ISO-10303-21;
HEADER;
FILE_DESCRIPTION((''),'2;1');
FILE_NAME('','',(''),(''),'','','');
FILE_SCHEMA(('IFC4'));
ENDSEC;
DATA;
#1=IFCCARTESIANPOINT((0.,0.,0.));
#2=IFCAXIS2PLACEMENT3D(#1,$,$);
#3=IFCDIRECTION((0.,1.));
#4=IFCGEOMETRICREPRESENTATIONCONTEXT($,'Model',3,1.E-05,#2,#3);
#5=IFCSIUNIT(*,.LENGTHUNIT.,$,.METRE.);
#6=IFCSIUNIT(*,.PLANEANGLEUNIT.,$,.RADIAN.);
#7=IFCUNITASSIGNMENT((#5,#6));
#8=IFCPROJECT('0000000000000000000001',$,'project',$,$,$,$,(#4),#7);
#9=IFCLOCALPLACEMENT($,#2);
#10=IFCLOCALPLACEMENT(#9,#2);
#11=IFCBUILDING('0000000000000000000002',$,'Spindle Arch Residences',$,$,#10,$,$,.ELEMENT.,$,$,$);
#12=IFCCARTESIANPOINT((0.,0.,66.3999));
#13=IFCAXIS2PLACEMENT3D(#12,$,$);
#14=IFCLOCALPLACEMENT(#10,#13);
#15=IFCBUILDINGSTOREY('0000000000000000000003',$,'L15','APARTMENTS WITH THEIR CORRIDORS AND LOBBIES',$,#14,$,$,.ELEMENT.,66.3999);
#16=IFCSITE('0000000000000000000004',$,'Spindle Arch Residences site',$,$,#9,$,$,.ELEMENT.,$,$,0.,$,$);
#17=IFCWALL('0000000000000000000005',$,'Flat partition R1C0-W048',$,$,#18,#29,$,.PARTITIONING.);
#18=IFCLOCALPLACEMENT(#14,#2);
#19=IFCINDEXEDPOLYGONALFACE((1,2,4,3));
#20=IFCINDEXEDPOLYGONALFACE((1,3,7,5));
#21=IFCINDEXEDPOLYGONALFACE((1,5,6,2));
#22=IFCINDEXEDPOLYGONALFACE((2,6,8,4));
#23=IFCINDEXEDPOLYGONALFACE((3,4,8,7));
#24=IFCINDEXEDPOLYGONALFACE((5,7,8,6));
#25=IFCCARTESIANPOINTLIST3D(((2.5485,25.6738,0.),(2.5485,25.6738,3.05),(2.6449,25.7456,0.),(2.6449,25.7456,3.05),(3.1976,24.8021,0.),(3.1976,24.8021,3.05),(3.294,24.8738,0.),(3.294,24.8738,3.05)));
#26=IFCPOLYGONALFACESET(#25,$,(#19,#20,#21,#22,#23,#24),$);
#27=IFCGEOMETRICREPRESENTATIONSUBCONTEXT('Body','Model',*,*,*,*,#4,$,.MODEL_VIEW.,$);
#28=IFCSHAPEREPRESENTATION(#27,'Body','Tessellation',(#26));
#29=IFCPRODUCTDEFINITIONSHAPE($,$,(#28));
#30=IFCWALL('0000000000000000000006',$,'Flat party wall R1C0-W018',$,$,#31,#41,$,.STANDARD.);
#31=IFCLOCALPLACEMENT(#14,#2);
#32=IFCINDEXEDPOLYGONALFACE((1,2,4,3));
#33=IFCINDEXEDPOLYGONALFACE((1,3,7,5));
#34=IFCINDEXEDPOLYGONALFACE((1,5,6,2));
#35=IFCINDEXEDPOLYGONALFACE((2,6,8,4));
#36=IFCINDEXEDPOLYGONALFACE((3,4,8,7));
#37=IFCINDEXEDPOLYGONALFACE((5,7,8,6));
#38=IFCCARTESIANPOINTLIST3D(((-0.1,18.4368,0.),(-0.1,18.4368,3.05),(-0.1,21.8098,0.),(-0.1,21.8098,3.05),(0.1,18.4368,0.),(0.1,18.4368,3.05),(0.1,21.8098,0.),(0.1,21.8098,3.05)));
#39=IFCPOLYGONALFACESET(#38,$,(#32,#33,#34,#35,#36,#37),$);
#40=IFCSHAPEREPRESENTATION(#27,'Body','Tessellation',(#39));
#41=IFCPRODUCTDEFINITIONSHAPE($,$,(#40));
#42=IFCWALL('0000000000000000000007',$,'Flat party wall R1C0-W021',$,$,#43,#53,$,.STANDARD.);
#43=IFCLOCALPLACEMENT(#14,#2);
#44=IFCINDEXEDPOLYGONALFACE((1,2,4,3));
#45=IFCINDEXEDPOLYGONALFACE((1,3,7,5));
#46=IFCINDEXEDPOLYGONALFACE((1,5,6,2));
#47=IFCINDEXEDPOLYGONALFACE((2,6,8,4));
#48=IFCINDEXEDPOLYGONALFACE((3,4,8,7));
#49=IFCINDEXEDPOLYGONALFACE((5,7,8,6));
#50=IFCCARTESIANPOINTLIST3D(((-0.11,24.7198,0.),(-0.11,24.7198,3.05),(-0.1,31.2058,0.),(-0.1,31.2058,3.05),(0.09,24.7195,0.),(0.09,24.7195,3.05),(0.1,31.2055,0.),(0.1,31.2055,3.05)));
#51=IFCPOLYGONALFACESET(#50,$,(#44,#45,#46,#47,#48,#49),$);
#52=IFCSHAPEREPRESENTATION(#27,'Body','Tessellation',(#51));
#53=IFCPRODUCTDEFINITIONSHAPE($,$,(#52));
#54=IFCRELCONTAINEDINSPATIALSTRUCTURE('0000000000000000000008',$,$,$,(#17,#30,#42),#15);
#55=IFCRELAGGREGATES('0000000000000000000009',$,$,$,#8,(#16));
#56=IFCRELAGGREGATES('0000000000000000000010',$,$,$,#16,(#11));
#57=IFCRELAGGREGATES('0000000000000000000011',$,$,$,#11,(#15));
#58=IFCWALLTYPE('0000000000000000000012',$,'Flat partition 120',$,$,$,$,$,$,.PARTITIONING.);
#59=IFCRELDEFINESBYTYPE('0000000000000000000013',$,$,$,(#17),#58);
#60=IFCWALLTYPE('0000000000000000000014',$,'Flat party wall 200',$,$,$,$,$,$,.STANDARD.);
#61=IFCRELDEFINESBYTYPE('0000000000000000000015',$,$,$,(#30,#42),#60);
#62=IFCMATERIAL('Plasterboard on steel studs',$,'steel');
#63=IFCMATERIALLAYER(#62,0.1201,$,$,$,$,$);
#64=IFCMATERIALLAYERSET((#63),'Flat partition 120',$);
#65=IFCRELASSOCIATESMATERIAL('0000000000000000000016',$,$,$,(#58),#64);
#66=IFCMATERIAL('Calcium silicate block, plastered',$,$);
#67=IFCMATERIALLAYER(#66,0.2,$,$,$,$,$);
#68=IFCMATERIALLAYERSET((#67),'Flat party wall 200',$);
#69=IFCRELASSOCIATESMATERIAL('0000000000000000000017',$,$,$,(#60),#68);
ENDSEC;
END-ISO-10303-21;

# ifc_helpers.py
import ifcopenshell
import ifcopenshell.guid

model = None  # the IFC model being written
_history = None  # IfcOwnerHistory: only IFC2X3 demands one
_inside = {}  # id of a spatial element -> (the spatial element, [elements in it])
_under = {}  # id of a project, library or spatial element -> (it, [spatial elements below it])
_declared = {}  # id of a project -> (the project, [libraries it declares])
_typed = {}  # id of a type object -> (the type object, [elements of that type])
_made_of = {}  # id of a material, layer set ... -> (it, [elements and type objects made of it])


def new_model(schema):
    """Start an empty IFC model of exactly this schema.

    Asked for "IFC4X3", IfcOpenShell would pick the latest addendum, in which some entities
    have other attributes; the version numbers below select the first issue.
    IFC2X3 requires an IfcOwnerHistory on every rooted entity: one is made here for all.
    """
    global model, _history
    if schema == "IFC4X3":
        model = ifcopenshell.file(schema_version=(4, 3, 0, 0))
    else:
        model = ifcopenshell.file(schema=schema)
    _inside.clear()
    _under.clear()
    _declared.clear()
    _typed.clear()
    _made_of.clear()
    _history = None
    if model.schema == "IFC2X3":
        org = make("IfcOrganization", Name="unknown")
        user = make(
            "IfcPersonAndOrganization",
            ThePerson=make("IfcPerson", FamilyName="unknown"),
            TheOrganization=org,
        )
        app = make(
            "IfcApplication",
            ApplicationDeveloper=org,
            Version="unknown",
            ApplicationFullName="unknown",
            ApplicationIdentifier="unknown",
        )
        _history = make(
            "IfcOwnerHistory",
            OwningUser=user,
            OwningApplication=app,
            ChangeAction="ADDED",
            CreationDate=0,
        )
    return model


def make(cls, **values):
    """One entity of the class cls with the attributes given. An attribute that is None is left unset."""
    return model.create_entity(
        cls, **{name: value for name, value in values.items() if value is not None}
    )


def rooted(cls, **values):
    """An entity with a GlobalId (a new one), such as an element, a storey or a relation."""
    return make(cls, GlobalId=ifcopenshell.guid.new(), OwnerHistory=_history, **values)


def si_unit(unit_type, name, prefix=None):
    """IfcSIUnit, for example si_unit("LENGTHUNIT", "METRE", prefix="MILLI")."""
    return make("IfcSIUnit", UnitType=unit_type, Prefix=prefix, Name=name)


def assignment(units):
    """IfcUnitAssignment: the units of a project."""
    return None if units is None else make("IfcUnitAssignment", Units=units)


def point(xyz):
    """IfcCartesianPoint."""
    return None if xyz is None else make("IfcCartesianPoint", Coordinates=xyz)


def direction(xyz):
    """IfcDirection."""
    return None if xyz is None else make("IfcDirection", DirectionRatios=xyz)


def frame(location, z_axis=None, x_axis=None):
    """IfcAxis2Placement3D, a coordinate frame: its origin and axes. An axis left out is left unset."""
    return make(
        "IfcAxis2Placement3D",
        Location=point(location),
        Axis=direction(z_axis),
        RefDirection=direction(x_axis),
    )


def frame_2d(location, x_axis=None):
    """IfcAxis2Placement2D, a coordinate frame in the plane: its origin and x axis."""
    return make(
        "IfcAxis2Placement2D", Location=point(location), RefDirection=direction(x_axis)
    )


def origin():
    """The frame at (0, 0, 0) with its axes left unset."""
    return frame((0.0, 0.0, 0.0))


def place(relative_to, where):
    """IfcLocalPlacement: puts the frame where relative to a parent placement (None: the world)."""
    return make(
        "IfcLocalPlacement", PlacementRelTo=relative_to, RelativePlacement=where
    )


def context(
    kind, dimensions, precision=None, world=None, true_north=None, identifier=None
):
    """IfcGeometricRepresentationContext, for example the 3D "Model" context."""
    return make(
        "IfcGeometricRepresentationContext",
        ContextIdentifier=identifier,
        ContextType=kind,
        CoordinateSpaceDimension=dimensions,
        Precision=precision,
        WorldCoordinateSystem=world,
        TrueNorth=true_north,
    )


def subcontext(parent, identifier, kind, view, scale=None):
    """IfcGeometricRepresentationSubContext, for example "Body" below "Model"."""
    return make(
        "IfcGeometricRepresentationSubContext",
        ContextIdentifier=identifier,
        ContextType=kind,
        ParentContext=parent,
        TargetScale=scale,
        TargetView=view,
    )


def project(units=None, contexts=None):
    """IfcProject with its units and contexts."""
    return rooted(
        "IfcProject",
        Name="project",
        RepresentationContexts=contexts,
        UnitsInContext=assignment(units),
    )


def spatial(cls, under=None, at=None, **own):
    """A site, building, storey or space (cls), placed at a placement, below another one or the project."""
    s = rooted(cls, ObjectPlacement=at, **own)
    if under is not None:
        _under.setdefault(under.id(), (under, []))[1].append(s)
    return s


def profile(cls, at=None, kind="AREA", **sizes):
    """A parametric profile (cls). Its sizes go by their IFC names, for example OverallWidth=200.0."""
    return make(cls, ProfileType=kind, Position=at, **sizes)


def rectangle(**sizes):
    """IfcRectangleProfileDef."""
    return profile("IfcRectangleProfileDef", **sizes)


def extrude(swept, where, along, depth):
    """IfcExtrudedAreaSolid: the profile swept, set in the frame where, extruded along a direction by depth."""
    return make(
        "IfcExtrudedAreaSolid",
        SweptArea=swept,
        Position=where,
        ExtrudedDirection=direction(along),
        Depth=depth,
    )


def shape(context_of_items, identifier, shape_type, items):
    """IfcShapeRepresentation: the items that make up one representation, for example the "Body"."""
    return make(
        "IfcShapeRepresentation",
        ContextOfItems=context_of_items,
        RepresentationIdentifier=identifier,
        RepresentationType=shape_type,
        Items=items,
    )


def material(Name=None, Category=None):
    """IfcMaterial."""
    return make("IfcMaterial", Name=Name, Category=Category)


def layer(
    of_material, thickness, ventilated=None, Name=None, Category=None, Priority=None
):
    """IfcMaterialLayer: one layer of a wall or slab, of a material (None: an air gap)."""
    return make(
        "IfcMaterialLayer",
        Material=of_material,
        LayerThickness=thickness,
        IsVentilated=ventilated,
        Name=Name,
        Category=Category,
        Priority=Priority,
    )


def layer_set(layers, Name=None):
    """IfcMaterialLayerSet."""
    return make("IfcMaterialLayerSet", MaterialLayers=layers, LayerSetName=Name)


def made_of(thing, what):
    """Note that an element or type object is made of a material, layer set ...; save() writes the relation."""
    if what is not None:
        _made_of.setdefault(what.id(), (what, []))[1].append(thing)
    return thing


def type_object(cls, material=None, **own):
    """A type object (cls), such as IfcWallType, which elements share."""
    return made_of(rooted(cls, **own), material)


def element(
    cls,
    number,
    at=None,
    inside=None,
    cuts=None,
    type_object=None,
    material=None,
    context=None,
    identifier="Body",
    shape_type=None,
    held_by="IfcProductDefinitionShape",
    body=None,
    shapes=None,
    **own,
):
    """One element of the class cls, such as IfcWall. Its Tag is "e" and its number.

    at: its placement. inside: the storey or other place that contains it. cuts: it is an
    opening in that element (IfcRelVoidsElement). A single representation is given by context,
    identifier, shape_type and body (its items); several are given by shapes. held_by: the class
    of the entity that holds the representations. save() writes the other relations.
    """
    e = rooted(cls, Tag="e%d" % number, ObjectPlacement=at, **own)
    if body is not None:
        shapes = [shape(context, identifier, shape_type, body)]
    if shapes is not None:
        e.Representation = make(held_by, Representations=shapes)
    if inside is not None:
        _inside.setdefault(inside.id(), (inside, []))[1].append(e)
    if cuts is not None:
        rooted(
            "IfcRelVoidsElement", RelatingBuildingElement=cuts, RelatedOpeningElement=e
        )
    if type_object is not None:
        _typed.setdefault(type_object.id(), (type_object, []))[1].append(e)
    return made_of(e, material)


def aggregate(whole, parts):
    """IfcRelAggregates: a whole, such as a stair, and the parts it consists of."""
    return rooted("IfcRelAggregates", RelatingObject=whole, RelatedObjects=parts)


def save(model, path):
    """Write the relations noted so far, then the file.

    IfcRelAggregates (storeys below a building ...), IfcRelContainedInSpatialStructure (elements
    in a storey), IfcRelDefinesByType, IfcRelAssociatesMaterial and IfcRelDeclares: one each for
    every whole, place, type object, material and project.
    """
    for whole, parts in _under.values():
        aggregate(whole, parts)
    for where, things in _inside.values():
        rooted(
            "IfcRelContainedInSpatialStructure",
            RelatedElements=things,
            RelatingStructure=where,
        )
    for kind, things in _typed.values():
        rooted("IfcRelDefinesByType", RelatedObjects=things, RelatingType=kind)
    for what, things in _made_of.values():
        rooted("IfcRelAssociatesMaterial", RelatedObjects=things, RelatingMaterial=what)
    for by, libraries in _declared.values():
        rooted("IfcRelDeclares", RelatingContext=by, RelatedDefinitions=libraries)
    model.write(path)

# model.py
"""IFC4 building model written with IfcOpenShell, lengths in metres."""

from ifc_helpers import new_model, si_unit, direction, frame, frame_2d, origin, place, context, subcontext, project, spatial, rectangle, extrude, material, layer, layer_set, type_object, element, save


model = new_model("IFC4")

# Units and contexts
model_context = context("Model", 3, precision=1e-05, world=origin(), true_north=direction((0.0, 1.0)))
body_context = subcontext(model_context, "Body", "Model", "MODEL_VIEW")
ifc_project = project(units=[si_unit("LENGTHUNIT", "METRE"), si_unit("PLANEANGLEUNIT", "RADIAN")], contexts=[model_context])

# Site, building, storey
site_placement = place(None, origin())
site = spatial("IfcSite", under=ifc_project, at=site_placement, Name="Spindle Arch Residences site", CompositionType="ELEMENT", RefElevation=0.0)
building_placement = place(site_placement, origin())
building = spatial("IfcBuilding", under=site, at=building_placement, Name="Spindle Arch Residences", CompositionType="ELEMENT")
storey_placement = place(building_placement, frame((0.0, 0.0, 66.3999)))
storey = spatial("IfcBuildingStorey", under=building, at=storey_placement, Name="L15", Description="APARTMENTS WITH THEIR CORRIDORS AND LOBBIES", CompositionType="ELEMENT", Elevation=66.3999)

# Shared definitions
ifc_material_1 = material(Name="Plasterboard on steel studs", Category="steel")
ifc_layer_1 = layer(ifc_material_1, 0.1201)
ifc_layer_set_1 = layer_set([ifc_layer_1], Name="Flat partition 120")
wall_type_1 = type_object("IfcWallType", Name="Flat partition 120", PredefinedType="PARTITIONING", material=ifc_layer_set_1)

# Walls
wall_1_placement = place(storey_placement, frame((2.5967, 25.7097, 0.0), z_axis=(0.0, 0.0, 1.0), x_axis=(0.597229, -0.802071, 0.0)))
element("IfcWall", 1, at=wall_1_placement, inside=storey, type_object=wall_type_1, Name="Flat partition R1C0-W048", PredefinedType="PARTITIONING", context=body_context, shape_type="SweptSolid", body=[
    extrude(rectangle(XDim=1.0869, YDim=0.1201, at=frame_2d((0.5435, 0.0))), origin(), (0.0, 0.0, 1.0), 3.05),
])
ifc_material_2 = material(Name="Calcium silicate block, plastered")
ifc_layer_2 = layer(ifc_material_2, 0.2)
ifc_layer_set_2 = layer_set([ifc_layer_2], Name="Flat party wall 200")
wall_type_2 = type_object("IfcWallType", Name="Flat party wall 200", PredefinedType="STANDARD", material=ifc_layer_set_2)
wall_2_placement = place(storey_placement, frame((0.0, 21.8098, 0.0), z_axis=(0.0, 0.0, 1.0), x_axis=(0.0, -1.0, 0.0)))
element("IfcWall", 2, at=wall_2_placement, inside=storey, type_object=wall_type_2, Name="Flat party wall R1C0-W018", PredefinedType="STANDARD", context=body_context, shape_type="SweptSolid", body=[
    extrude(rectangle(XDim=3.373, YDim=0.2, at=frame_2d((1.6865, 0.0))), origin(), (0.0, 0.0, 1.0), 3.05),
])
wall_3_placement = place(storey_placement, frame((0.0, 31.2058, 0.0), z_axis=(0.0, 0.0, 1.0), x_axis=(-0.001543, -0.999999, 0.0)))
element("IfcWall", 3, at=wall_3_placement, inside=storey, type_object=wall_type_2, Name="Flat party wall R1C0-W021", PredefinedType="STANDARD", context=body_context, shape_type="SweptSolid", body=[
    extrude(rectangle(XDim=6.4861, YDim=0.2, at=frame_2d((3.2432, 0.0))), origin(), (0.0, 0.0, 1.0), 3.05),
])

save(model, "model.ifc")
